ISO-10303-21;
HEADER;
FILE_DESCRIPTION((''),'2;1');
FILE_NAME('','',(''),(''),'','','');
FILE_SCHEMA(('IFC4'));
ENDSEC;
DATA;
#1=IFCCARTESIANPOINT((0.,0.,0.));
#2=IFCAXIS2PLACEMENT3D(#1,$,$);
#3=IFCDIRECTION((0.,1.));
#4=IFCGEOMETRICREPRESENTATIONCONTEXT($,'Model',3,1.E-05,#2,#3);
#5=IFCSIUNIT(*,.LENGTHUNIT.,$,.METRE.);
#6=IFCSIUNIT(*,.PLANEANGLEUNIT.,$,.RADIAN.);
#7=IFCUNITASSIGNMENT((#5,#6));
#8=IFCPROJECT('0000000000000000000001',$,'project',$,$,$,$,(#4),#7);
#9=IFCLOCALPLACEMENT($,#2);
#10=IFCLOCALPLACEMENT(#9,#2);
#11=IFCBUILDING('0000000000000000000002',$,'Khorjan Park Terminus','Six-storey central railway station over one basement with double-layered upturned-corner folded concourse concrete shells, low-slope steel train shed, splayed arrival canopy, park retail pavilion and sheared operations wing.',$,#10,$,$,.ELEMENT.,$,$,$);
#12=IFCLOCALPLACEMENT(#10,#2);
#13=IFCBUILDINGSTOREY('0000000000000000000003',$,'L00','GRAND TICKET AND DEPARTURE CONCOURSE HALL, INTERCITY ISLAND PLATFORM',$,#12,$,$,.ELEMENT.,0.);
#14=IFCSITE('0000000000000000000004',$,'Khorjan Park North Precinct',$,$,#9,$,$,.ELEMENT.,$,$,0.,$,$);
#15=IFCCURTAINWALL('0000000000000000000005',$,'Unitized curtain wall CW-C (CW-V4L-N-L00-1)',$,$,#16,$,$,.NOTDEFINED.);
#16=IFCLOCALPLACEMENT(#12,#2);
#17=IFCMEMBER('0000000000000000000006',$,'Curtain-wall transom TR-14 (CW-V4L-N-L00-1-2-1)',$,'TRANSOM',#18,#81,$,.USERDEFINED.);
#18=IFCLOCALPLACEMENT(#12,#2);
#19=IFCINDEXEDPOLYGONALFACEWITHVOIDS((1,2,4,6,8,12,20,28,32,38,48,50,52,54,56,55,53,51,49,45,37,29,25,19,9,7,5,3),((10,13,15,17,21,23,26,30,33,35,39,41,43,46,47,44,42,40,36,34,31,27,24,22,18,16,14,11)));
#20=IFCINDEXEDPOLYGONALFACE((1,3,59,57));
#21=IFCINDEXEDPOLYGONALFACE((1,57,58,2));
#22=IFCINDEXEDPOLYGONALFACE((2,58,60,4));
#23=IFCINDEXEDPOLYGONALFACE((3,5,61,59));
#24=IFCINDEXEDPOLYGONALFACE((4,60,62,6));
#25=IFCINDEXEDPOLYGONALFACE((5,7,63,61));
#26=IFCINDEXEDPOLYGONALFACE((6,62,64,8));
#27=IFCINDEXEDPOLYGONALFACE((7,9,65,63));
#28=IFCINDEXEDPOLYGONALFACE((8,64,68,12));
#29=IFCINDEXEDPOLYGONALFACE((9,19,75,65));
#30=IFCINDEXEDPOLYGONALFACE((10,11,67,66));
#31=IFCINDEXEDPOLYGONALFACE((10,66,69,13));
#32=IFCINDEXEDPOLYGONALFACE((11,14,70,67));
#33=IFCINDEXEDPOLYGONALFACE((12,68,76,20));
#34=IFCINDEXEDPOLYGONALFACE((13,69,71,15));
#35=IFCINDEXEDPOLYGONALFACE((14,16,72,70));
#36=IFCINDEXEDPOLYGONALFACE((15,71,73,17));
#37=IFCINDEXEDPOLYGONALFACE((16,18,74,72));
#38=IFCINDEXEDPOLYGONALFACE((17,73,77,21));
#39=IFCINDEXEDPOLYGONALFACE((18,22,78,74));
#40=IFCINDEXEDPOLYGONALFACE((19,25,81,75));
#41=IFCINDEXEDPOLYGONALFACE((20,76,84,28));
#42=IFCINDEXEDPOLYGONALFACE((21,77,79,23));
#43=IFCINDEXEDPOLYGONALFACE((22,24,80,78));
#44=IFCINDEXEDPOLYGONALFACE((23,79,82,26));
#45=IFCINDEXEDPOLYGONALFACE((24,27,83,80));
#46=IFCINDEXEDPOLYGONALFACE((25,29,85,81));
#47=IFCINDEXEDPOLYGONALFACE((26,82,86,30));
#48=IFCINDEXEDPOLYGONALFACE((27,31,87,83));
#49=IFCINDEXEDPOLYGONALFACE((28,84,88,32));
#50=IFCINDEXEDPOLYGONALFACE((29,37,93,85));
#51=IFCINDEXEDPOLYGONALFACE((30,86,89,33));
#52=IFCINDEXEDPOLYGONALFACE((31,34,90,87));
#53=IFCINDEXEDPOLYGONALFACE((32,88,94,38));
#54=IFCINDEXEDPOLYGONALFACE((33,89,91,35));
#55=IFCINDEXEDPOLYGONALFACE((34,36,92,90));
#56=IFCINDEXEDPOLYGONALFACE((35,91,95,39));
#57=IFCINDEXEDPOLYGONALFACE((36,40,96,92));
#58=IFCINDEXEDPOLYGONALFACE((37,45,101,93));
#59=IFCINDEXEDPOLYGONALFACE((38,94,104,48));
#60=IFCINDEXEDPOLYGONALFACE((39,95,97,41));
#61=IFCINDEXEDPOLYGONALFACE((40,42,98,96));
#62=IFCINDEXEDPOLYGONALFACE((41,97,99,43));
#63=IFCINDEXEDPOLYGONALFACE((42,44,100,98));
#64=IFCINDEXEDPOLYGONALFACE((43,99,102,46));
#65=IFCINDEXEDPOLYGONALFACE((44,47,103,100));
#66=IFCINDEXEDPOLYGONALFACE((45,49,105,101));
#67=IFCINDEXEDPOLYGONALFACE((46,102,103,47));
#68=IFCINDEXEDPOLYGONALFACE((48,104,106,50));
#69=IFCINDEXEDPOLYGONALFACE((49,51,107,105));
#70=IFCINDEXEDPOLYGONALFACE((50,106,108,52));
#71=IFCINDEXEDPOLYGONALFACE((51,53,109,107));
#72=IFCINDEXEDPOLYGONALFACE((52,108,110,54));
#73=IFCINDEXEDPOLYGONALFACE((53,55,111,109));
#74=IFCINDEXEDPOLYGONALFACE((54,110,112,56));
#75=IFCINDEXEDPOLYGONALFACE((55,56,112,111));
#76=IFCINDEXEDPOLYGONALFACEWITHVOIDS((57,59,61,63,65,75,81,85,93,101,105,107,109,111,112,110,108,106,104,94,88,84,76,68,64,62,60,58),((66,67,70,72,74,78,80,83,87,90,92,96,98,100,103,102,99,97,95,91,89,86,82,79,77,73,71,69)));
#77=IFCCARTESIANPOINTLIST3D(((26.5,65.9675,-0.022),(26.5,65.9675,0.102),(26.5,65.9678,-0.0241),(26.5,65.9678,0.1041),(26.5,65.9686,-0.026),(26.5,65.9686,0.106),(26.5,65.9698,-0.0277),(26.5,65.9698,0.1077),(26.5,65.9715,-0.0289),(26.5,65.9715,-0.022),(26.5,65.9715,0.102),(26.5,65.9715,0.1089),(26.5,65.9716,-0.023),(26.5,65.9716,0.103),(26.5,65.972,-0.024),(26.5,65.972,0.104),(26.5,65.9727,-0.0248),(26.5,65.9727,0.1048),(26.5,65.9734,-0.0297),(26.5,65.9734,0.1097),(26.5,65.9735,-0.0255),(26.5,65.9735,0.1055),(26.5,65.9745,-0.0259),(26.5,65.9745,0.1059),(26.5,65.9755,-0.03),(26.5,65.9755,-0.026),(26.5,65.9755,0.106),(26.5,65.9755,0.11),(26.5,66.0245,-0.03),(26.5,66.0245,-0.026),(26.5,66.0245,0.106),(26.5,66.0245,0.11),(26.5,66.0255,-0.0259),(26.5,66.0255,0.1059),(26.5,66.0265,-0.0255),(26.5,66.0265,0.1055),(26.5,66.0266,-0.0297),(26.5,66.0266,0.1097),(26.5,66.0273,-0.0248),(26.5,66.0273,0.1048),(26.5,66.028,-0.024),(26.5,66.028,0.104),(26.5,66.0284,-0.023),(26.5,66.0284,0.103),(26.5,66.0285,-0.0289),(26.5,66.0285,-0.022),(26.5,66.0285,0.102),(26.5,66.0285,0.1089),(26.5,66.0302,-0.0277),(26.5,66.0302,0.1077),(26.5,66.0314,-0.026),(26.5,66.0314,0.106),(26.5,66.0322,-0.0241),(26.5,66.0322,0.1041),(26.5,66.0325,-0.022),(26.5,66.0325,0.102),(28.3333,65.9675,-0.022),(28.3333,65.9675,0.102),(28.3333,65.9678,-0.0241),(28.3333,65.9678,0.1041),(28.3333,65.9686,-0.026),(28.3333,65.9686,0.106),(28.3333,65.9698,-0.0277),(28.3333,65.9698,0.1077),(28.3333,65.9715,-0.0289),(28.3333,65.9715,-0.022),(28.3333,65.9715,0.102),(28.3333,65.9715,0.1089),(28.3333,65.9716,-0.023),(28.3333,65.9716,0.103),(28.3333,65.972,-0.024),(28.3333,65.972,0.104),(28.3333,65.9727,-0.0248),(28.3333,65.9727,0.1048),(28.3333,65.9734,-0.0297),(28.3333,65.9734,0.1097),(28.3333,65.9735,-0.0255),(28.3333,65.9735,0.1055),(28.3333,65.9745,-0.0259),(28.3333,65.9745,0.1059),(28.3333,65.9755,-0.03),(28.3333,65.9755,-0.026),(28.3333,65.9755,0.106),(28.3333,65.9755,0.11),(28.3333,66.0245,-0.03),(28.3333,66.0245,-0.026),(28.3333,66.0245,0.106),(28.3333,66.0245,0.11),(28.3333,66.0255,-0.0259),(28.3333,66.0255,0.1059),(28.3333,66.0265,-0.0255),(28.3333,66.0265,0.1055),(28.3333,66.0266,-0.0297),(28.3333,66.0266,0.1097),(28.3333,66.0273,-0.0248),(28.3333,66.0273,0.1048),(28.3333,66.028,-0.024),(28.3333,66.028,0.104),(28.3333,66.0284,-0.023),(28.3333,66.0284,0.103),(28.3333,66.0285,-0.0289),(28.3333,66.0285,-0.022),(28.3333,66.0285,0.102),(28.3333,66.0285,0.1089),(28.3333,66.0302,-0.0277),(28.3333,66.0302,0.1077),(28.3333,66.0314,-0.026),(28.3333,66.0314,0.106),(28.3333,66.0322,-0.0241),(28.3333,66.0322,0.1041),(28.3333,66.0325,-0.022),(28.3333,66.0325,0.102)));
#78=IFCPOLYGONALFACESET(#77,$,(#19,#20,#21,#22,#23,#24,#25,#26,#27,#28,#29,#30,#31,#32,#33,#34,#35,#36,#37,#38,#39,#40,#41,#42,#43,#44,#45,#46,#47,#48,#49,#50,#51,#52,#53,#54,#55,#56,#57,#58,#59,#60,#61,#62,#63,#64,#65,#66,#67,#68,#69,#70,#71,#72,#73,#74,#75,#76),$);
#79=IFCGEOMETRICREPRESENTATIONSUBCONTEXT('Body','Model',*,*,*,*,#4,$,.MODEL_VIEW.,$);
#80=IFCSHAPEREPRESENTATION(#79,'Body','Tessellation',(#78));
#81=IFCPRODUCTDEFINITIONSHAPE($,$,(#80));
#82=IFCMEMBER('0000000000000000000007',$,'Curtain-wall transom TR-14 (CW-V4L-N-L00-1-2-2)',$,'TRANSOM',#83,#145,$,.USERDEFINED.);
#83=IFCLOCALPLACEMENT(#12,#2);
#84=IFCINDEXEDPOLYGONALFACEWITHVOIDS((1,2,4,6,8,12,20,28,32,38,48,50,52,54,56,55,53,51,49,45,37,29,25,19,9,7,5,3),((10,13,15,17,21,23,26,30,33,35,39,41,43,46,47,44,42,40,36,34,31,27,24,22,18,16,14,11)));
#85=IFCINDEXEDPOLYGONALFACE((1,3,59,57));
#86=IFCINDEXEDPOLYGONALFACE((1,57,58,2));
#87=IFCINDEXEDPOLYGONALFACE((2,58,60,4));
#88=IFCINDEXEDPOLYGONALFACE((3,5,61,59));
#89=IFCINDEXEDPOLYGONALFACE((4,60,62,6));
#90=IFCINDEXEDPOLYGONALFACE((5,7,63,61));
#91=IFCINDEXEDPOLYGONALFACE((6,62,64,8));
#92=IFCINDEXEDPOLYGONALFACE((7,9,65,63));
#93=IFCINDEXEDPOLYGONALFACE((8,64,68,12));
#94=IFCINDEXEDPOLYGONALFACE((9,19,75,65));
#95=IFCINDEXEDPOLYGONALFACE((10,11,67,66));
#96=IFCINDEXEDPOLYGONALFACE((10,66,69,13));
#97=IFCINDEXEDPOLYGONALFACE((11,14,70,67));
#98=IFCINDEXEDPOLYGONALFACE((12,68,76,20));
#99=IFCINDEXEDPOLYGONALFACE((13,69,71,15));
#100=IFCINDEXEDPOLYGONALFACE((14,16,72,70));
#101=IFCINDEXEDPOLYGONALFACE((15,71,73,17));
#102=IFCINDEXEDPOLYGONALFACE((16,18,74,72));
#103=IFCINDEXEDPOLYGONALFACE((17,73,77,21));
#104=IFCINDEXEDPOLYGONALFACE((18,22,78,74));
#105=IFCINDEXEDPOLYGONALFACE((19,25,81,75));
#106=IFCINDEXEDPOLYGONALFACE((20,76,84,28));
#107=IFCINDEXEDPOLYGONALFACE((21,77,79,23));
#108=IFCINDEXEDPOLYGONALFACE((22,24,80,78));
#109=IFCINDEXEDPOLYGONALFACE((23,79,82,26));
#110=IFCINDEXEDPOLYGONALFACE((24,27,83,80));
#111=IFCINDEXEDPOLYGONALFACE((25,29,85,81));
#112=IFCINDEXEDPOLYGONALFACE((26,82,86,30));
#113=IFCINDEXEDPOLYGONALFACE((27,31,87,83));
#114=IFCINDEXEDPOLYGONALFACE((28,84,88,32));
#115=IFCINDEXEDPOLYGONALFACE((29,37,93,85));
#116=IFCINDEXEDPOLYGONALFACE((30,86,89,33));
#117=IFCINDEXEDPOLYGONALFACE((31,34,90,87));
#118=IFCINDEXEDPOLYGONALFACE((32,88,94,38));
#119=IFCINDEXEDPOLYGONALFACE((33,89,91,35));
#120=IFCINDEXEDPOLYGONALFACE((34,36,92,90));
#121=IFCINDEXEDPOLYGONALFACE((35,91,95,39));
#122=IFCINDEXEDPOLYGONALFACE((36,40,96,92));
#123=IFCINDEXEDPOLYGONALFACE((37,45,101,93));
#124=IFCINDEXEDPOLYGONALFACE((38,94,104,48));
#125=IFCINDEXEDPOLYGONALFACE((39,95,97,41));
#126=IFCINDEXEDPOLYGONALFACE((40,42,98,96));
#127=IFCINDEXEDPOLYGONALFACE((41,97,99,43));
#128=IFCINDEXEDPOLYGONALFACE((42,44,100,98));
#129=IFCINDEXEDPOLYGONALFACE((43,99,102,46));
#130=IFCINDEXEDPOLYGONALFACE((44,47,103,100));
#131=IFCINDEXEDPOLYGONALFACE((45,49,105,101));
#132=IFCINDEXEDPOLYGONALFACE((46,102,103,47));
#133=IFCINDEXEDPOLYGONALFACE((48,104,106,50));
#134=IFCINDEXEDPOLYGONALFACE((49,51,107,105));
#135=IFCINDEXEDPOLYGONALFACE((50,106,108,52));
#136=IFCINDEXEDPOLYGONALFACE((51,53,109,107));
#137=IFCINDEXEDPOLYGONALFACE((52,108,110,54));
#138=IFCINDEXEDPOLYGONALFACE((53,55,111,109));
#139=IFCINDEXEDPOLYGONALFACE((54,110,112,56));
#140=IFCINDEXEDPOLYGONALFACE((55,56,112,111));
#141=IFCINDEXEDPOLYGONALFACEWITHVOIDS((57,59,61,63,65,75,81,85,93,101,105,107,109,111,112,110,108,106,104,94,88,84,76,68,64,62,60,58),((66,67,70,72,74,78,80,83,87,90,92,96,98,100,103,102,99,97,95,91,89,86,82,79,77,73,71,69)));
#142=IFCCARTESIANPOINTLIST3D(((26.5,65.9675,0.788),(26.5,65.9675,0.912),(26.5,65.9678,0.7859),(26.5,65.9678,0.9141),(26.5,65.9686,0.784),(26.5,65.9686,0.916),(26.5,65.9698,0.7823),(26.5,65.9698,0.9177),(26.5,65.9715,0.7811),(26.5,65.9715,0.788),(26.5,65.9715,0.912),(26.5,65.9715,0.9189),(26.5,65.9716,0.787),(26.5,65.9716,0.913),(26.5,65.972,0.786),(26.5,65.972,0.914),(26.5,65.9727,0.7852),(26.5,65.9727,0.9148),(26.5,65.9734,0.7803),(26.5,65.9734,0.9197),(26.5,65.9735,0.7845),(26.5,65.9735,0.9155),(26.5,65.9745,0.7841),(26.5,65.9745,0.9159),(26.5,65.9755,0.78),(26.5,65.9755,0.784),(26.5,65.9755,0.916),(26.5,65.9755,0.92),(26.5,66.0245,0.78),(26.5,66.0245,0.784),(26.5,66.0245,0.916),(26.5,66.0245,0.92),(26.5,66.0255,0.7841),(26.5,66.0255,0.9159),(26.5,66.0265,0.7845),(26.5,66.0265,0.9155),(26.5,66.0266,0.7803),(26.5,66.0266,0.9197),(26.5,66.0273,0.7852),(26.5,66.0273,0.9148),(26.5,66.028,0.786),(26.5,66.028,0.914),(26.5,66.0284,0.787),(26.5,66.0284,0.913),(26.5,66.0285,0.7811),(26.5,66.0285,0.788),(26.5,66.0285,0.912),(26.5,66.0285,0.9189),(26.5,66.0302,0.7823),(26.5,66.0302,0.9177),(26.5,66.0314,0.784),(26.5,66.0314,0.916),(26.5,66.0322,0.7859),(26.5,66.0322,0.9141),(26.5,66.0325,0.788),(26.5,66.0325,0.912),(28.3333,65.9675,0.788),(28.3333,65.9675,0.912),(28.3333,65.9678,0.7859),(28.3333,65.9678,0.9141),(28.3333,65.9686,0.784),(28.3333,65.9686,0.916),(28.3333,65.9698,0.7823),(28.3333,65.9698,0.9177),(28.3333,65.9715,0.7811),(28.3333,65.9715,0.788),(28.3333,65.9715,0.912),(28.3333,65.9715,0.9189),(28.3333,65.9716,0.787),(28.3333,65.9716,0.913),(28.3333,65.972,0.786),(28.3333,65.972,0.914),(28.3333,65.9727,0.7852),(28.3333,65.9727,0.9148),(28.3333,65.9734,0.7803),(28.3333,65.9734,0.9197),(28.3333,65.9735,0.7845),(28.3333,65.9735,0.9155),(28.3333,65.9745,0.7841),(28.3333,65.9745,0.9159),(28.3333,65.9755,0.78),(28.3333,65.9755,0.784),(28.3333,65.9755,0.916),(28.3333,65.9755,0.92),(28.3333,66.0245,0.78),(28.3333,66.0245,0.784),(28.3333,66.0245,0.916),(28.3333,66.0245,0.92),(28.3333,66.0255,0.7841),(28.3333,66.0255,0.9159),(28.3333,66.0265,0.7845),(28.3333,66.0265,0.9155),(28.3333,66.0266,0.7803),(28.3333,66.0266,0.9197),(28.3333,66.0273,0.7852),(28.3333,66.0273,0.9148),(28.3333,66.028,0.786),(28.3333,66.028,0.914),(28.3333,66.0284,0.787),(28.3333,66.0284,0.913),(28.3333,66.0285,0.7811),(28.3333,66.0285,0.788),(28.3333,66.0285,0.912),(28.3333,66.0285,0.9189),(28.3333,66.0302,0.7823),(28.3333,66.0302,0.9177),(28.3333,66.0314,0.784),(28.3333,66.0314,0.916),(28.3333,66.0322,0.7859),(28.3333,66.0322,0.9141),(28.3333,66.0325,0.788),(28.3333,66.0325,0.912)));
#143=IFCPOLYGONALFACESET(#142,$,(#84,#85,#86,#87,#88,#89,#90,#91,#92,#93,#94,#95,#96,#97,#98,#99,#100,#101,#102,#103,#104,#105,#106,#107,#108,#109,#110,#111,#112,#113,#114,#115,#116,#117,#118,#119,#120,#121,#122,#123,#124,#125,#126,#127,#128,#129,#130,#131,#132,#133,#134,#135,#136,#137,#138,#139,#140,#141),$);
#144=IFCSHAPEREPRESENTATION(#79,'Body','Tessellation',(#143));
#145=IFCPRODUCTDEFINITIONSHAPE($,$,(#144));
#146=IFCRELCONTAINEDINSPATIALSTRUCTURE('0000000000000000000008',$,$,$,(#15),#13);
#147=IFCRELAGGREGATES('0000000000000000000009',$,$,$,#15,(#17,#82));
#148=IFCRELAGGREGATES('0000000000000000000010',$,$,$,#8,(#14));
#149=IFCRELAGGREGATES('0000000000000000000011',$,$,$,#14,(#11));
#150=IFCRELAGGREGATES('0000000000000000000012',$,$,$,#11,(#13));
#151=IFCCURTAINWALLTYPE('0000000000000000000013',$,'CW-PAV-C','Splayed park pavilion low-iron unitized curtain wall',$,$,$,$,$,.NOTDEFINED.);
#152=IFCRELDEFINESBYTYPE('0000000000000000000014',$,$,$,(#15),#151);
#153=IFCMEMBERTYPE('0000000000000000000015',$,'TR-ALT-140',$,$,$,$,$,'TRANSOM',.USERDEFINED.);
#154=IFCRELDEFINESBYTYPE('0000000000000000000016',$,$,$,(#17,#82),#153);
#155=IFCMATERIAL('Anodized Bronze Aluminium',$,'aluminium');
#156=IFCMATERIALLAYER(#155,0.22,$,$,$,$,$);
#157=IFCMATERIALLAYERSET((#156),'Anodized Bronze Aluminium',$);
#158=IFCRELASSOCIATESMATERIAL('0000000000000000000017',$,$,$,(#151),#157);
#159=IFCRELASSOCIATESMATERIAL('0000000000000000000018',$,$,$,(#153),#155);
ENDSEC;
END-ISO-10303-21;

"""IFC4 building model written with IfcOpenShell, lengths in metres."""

from ifc_helpers import new_model, si_unit, direction, frame, origin, origin_2d, place, context, subcontext, project, spatial, hollow_rectangle, extrude, material, layer, layer_set, material_profile, profile_set, type_object, element, aggregate, save


model = new_model("IFC4")

# Units and contexts
model_context = context("Model", 3, precision=1e-05, world=origin(), true_north=direction((0.0, 1.0)))
body_context = subcontext(model_context, "Body", "Model", "MODEL_VIEW")
ifc_project = project(units=[si_unit("LENGTHUNIT", "METRE"), si_unit("PLANEANGLEUNIT", "RADIAN")], contexts=[model_context])

# Site, building, storey
site_placement = place(None, origin())
site = spatial("IfcSite", under=ifc_project, at=site_placement, Name="Khorjan Park North Precinct", CompositionType="ELEMENT", RefElevation=0.0)
building_placement = place(site_placement, origin())
building = spatial("IfcBuilding", under=site, at=building_placement, Name="Khorjan Park Terminus", Description="Six-storey central railway station over one basement with double-layered upturned-corner folded concourse concrete shells, low-slope steel train shed, splayed arrival canopy, park retail pavilion and sheared operations wing.", CompositionType="ELEMENT")
storey_placement = place(building_placement, origin())
storey = spatial("IfcBuildingStorey", under=building, at=storey_placement, Name="L00", Description="GRAND TICKET AND DEPARTURE CONCOURSE HALL, INTERCITY ISLAND PLATFORM", CompositionType="ELEMENT", Elevation=0.0)

# Curtain wall
ifc_material_1 = material(Name="Anodized Bronze Aluminium", Category="aluminium")
ifc_layer_1 = layer(ifc_material_1, 0.22)
ifc_layer_set_1 = layer_set([ifc_layer_1], Name="Anodized Bronze Aluminium")
curtain_wall_type = type_object("IfcCurtainWallType", Name="CW-PAV-C", Description="Splayed park pavilion low-iron unitized curtain wall", PredefinedType="NOTDEFINED", material=ifc_layer_set_1)
curtain_wall_1_placement = place(storey_placement, origin())
curtain_wall_1 = element("IfcCurtainWall", 1, at=curtain_wall_1_placement, inside=storey, type_object=curtain_wall_type, Name="Unitized curtain wall CW-C (CW-V4L-N-L00-1)", PredefinedType="NOTDEFINED")

# Members
ifc_material_profile_1 = material_profile(ifc_material_1, hollow_rectangle(XDim=0.065, YDim=0.14, WallThickness=0.004, InnerFilletRadius=0.004, OuterFilletRadius=0.008, at=origin_2d()), Name="ALT 65x140x4")
ifc_profile_set_1 = profile_set([ifc_material_profile_1], Name="Anodized Bronze Aluminium")
member_type_1 = type_object("IfcMemberType", Name="TR-ALT-140", ElementType="TRANSOM", PredefinedType="USERDEFINED", material=ifc_profile_set_1)
member_1_placement = place(storey_placement, frame((28.3333, 66.0, 0.04), z_axis=(-1.0, 0.0, 0.0), x_axis=(0.0, -1.0, 0.0)))
member_1 = element("IfcMember", 2, at=member_1_placement, type_object=member_type_1, Name="Curtain-wall transom TR-14 (CW-V4L-N-L00-1-2-1)", ObjectType="TRANSOM", PredefinedType="USERDEFINED", context=body_context, shape_type="SweptSolid", body=[
    extrude(hollow_rectangle(XDim=0.065, YDim=0.14, WallThickness=0.004, InnerFilletRadius=0.004, OuterFilletRadius=0.008, at=origin_2d()), origin(), (0.0, 0.0, 1.0), 1.8333),
])
member_2_placement = place(storey_placement, frame((28.3333, 66.0, 0.85), z_axis=(-1.0, 0.0, 0.0), x_axis=(0.0, -1.0, 0.0)))
member_2 = element("IfcMember", 3, at=member_2_placement, type_object=member_type_1, Name="Curtain-wall transom TR-14 (CW-V4L-N-L00-1-2-2)", ObjectType="TRANSOM", PredefinedType="USERDEFINED", context=body_context, shape_type="SweptSolid", body=[
    extrude(hollow_rectangle(XDim=0.065, YDim=0.14, WallThickness=0.004, InnerFilletRadius=0.004, OuterFilletRadius=0.008, at=origin_2d()), origin(), (0.0, 0.0, 1.0), 1.8333),
])

aggregate(curtain_wall_1, [member_1, member_2])

save(model, "model.ifc")
